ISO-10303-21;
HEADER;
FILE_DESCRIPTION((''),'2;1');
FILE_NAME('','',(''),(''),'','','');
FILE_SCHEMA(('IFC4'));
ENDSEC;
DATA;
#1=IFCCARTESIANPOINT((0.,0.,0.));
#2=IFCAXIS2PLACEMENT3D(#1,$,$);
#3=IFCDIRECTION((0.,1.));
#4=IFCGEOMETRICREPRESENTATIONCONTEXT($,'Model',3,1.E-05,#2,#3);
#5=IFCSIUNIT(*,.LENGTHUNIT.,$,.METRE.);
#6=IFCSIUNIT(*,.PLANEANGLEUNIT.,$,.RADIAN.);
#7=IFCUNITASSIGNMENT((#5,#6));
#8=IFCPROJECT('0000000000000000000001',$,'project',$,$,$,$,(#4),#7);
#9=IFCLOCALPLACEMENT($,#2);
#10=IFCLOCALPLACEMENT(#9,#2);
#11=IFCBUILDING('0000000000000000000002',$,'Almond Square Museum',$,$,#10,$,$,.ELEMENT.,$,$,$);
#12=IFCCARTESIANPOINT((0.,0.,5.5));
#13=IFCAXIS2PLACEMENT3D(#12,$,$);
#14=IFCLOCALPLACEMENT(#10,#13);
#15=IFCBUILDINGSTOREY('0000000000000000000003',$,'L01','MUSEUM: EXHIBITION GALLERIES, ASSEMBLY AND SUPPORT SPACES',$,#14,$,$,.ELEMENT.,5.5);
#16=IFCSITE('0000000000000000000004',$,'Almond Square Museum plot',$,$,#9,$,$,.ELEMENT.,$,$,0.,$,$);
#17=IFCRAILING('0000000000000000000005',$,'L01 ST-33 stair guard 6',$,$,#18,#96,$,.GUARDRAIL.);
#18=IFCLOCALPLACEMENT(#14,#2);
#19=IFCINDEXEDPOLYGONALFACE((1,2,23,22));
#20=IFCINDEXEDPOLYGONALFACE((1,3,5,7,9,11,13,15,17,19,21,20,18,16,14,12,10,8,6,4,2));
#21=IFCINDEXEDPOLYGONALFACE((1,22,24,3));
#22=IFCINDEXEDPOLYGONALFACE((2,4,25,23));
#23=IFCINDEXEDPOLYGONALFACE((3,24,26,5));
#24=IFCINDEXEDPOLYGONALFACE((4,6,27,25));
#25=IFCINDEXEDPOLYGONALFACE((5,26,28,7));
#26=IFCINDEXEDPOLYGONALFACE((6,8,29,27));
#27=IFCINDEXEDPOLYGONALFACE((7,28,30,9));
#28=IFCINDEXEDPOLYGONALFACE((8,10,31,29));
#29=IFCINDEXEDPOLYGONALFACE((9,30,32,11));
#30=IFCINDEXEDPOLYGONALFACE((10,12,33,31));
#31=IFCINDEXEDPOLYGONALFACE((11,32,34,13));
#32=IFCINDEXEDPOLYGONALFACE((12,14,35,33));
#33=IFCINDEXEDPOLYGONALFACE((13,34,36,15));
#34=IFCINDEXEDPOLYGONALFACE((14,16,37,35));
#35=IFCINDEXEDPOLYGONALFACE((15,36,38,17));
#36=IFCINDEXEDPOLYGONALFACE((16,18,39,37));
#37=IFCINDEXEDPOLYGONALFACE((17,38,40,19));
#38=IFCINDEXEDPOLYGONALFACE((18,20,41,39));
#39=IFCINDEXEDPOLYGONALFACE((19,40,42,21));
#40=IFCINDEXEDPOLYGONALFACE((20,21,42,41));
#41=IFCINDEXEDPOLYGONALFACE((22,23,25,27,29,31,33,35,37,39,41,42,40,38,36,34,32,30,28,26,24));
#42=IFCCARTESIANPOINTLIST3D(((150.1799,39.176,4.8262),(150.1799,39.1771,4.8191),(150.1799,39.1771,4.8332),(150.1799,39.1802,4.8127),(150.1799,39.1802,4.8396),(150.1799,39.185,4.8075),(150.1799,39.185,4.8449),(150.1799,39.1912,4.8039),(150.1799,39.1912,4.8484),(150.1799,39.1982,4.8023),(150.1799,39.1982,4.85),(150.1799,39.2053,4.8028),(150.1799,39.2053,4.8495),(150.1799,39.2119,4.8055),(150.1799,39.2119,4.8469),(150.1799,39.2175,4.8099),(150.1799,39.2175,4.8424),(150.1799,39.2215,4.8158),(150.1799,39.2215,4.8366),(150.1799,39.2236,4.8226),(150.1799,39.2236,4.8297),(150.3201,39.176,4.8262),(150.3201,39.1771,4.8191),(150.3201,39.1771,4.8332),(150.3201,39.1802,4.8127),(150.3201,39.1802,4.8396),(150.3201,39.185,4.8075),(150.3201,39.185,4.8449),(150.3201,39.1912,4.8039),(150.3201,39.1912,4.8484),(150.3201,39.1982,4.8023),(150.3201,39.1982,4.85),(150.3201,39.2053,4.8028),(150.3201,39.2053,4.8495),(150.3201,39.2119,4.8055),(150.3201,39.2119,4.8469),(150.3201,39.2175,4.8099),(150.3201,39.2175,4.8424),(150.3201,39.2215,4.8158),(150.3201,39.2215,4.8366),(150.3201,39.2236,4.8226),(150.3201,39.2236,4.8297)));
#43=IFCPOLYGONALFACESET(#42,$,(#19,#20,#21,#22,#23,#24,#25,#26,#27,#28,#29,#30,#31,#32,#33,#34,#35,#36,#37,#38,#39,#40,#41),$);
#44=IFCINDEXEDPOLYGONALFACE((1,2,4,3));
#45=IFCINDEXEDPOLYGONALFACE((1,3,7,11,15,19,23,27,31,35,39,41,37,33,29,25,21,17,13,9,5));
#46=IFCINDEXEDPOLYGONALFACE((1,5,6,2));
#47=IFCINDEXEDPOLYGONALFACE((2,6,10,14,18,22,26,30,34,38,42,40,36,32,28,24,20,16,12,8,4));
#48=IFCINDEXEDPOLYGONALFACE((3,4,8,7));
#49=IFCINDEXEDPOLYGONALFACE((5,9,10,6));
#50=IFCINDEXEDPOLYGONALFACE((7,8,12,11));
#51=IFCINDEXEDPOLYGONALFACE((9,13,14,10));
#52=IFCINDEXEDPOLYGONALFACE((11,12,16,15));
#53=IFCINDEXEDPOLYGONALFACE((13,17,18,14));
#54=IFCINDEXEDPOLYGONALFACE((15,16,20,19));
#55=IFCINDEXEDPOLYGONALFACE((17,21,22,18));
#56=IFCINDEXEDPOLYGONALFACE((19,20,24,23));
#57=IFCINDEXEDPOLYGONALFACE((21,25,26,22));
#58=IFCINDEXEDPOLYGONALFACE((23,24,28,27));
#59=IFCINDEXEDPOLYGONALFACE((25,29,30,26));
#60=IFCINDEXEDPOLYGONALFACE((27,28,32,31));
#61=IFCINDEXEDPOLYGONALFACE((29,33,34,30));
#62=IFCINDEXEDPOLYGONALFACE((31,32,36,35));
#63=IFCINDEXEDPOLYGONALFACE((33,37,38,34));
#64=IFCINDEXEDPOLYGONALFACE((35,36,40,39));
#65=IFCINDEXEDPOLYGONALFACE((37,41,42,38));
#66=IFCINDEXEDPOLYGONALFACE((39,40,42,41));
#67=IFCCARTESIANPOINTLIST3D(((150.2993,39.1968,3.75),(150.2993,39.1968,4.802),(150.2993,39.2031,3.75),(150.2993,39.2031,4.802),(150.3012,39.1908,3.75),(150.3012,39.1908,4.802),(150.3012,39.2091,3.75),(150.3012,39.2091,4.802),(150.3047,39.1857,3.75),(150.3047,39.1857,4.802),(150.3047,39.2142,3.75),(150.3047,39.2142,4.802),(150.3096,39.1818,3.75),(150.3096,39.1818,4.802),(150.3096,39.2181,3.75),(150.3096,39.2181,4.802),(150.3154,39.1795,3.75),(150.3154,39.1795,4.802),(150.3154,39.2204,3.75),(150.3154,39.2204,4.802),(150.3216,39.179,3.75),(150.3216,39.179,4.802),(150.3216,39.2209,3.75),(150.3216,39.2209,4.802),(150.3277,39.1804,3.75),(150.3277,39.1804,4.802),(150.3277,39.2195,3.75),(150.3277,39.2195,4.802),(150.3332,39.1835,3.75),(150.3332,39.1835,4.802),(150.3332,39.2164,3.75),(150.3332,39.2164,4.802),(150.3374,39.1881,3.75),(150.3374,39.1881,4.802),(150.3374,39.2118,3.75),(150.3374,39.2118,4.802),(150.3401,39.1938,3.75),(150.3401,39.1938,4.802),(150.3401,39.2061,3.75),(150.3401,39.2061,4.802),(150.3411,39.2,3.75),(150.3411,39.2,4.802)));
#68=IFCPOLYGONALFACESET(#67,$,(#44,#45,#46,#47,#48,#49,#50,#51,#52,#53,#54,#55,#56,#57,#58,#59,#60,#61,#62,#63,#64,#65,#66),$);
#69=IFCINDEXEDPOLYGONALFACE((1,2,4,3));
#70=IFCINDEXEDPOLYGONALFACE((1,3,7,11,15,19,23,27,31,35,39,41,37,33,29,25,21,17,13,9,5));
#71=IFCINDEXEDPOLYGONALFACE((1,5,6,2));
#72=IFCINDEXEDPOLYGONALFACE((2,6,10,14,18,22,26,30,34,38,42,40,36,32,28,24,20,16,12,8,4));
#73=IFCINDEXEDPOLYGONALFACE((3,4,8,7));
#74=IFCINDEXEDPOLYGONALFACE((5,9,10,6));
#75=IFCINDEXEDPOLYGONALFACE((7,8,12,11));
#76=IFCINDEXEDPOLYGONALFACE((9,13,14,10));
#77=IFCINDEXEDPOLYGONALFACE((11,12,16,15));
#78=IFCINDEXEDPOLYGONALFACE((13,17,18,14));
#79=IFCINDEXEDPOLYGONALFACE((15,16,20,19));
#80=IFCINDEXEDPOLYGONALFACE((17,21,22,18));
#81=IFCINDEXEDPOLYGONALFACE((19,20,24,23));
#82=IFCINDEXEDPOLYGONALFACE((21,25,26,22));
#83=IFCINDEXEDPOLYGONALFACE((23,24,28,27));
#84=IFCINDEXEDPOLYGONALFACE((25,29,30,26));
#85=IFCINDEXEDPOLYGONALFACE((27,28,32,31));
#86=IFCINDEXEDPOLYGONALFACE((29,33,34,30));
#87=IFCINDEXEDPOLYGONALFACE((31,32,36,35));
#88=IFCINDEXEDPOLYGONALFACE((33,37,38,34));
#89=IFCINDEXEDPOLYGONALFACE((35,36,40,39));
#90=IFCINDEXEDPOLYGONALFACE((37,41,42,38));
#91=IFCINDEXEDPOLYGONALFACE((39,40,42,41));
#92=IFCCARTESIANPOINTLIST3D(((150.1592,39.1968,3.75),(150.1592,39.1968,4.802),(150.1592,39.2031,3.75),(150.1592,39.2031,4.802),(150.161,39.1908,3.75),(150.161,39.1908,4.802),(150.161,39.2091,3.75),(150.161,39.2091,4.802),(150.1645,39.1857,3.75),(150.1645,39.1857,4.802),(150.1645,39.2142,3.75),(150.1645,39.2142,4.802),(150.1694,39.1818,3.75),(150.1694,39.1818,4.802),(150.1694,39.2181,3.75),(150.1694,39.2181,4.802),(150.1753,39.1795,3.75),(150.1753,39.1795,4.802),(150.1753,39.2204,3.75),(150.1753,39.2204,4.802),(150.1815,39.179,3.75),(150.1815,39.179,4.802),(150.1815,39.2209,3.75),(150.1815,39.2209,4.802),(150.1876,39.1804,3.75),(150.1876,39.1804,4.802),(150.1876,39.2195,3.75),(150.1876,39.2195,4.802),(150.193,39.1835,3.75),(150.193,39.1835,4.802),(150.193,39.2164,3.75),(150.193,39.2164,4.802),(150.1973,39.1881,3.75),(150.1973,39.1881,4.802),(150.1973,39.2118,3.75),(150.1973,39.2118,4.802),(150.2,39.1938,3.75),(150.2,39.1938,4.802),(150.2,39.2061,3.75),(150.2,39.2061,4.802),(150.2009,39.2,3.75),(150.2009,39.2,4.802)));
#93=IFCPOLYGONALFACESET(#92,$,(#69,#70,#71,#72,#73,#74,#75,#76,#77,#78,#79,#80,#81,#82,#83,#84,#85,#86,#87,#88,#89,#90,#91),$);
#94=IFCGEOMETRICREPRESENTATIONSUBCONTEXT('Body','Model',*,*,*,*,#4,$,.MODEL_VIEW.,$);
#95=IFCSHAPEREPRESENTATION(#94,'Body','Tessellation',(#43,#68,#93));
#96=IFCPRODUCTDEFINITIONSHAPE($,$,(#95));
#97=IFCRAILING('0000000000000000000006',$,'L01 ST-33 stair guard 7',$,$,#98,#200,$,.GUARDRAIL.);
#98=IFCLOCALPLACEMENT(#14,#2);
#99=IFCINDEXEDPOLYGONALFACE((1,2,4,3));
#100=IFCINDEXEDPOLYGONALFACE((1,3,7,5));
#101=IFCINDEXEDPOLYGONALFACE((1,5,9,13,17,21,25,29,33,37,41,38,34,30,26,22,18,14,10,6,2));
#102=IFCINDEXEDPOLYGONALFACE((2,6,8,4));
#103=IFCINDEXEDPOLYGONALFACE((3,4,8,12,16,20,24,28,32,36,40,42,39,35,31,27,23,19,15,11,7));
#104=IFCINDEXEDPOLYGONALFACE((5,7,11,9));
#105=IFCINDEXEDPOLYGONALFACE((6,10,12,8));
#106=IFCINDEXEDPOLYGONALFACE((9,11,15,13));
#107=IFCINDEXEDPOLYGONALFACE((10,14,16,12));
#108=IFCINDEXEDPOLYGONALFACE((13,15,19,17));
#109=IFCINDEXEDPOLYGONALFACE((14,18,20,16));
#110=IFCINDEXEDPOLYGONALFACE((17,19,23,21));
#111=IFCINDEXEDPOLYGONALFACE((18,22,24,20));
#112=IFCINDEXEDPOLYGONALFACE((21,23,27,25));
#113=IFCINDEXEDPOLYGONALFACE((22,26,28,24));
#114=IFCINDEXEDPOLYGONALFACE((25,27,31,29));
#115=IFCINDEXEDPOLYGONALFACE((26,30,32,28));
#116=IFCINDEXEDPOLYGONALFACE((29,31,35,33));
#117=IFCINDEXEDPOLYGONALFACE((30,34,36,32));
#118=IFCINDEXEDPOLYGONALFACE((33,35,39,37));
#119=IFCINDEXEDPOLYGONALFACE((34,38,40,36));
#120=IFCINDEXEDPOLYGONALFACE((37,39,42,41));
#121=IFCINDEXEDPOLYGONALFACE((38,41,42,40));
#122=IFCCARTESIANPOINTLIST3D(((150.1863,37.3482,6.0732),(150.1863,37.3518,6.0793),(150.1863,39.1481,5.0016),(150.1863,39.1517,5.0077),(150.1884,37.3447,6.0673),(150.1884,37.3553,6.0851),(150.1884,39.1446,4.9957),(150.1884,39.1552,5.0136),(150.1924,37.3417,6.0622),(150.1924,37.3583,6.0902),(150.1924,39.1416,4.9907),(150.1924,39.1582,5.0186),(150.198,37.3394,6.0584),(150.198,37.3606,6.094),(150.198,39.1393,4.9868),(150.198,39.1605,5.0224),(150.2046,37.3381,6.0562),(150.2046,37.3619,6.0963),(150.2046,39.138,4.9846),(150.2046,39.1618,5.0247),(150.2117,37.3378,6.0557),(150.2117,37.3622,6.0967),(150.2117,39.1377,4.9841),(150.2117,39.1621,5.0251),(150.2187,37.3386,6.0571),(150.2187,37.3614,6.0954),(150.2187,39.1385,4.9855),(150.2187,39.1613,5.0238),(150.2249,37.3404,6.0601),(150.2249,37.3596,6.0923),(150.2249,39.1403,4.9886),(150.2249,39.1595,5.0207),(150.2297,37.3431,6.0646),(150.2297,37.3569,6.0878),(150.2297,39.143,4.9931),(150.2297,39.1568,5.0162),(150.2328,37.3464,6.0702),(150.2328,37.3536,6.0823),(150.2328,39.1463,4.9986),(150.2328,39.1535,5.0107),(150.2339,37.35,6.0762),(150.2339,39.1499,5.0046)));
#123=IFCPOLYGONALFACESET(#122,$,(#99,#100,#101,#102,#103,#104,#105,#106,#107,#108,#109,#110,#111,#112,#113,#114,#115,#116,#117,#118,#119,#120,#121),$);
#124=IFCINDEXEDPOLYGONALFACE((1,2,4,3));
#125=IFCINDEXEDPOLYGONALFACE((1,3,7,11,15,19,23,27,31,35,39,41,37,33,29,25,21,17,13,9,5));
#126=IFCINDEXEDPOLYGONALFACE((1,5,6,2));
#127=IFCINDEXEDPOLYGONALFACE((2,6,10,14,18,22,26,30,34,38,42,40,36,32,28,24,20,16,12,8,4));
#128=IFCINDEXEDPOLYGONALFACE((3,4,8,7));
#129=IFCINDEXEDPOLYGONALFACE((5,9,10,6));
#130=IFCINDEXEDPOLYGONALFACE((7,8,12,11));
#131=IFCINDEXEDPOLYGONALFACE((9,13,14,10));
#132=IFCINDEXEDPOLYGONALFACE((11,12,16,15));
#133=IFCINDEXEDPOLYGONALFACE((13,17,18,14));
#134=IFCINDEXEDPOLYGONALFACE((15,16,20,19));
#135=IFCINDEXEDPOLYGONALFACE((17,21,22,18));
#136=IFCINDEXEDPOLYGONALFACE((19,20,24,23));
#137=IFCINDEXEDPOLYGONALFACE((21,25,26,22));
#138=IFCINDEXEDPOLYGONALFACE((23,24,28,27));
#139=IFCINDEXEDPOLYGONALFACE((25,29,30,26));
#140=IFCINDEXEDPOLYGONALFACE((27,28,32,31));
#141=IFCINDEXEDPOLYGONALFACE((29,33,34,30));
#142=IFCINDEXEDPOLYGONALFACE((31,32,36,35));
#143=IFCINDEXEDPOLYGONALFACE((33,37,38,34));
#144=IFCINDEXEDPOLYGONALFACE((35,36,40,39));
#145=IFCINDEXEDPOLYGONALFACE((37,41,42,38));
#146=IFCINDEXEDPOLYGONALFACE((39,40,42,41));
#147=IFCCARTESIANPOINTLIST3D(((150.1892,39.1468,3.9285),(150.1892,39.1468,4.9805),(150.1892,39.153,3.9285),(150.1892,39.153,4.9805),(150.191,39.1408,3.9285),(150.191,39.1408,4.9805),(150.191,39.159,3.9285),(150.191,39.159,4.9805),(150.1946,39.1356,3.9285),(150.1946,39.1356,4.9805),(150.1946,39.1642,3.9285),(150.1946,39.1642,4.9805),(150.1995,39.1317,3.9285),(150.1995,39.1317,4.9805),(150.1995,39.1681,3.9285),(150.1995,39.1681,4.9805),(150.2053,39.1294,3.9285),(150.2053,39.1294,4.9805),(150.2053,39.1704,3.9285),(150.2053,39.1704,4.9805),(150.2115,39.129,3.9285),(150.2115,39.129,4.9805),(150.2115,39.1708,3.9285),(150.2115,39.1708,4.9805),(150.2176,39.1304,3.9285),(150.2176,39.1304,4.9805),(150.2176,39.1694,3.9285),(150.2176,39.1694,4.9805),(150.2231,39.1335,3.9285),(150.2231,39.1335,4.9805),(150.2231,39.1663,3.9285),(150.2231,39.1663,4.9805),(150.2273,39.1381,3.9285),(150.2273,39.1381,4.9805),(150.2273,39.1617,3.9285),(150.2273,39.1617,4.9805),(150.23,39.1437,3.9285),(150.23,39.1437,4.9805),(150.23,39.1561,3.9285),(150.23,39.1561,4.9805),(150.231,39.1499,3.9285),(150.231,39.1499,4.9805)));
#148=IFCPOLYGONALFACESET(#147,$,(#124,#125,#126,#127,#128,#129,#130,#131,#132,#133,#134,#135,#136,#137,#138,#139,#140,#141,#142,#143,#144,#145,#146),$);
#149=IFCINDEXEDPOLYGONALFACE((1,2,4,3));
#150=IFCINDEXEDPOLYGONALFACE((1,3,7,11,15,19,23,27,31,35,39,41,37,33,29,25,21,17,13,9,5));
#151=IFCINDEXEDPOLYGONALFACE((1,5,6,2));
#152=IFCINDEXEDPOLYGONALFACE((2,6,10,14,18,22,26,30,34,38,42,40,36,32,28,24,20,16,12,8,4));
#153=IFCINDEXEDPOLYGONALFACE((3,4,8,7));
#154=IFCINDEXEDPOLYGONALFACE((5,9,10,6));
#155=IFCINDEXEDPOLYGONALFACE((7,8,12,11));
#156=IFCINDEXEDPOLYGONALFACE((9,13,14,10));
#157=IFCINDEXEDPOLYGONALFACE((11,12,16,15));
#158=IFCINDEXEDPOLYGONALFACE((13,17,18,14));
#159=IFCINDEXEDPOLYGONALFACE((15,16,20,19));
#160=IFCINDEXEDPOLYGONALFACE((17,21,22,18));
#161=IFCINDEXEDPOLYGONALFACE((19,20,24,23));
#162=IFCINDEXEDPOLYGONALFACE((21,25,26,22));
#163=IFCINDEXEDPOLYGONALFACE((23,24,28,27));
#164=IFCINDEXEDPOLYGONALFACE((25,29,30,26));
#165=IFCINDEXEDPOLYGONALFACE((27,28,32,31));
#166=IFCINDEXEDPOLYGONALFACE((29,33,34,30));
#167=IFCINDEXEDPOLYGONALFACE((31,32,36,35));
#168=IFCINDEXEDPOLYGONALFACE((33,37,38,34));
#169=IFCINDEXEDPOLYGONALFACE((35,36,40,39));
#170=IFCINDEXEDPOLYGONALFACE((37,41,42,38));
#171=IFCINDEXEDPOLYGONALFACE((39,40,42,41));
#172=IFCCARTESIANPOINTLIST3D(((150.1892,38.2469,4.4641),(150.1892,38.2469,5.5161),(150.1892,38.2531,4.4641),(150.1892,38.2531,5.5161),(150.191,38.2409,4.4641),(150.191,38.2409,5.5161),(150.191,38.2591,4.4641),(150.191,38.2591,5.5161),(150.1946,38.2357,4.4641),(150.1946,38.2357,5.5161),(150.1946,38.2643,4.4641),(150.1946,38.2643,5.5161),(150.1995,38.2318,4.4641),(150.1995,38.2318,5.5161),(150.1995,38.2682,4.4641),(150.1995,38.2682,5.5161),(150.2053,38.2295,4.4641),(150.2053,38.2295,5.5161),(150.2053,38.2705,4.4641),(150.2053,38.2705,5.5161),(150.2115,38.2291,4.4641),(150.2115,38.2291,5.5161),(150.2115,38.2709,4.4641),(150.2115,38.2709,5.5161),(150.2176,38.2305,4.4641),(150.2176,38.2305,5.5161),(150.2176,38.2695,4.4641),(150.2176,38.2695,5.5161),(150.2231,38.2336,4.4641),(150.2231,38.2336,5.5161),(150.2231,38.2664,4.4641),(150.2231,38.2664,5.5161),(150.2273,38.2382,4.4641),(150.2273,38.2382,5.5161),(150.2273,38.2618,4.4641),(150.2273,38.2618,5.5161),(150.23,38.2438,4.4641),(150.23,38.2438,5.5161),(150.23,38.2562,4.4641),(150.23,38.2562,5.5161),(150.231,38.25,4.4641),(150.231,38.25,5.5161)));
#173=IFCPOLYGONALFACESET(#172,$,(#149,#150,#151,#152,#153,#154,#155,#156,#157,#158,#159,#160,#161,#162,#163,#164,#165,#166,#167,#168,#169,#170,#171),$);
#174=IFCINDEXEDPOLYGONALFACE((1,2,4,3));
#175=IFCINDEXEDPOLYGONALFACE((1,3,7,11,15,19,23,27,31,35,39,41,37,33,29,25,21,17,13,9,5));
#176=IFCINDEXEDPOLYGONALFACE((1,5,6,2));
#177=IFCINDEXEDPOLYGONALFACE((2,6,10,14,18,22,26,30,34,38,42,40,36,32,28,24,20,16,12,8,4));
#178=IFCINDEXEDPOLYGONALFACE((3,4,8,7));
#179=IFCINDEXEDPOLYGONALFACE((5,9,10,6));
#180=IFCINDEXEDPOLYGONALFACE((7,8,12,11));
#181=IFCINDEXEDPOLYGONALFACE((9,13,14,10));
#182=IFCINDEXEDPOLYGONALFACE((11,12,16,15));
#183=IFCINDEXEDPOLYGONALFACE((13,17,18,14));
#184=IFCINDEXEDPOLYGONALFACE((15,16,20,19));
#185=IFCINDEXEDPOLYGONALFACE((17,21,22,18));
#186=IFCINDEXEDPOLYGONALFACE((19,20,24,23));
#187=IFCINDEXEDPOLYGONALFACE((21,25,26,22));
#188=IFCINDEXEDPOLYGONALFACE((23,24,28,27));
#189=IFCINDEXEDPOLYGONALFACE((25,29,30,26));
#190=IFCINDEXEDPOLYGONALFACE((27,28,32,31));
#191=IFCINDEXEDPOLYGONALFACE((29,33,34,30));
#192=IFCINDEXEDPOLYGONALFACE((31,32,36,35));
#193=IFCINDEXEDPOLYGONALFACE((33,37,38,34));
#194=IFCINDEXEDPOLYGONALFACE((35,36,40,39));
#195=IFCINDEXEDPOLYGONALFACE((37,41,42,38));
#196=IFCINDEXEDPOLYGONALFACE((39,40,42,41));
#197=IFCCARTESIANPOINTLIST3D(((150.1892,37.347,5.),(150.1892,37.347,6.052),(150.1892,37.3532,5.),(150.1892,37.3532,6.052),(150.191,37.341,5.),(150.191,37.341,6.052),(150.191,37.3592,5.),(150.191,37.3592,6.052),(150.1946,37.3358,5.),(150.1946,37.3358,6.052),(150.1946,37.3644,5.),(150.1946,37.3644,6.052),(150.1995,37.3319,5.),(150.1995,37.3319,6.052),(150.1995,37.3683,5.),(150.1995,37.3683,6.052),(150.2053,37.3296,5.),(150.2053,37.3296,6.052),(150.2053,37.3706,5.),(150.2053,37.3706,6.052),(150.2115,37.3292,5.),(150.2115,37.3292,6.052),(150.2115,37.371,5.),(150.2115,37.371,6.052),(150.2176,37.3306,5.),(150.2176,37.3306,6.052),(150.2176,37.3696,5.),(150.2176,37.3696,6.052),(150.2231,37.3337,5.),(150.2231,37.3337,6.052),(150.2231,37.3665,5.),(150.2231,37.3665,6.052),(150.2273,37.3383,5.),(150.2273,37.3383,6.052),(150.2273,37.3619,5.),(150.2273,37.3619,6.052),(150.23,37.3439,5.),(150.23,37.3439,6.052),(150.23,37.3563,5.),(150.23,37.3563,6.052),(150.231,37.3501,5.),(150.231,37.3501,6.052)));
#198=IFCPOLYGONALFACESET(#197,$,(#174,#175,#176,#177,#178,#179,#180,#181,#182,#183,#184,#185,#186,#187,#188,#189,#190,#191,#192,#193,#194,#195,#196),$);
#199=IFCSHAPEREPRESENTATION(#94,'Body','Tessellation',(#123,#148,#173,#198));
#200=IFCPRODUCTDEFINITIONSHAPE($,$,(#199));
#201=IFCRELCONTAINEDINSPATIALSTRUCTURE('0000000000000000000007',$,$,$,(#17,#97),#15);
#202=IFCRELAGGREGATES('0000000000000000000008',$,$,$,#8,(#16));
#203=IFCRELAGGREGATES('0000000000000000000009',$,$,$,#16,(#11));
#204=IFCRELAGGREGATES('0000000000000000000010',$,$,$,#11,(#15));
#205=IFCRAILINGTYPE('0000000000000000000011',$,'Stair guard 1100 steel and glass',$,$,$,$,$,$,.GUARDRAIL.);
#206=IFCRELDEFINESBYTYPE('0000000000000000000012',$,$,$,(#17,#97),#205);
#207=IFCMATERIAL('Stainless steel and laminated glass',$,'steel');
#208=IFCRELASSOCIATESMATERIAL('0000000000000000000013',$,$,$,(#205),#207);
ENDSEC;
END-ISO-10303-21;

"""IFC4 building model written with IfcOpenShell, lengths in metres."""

from ifc_helpers import new_model, si_unit, direction, frame, origin, origin_2d, place, context, subcontext, project, spatial, circle, extrude, material, type_object, element, save


model = new_model("IFC4")

# Units and contexts
model_context = context("Model", 3, precision=1e-05, world=origin(), true_north=direction((0.0, 1.0)))
body_context = subcontext(model_context, "Body", "Model", "MODEL_VIEW")
ifc_project = project(units=[si_unit("LENGTHUNIT", "METRE"), si_unit("PLANEANGLEUNIT", "RADIAN")], contexts=[model_context])

# Site, building, storey
site_placement = place(None, origin())
site = spatial("IfcSite", under=ifc_project, at=site_placement, Name="Almond Square Museum plot", CompositionType="ELEMENT", RefElevation=0.0)
building_placement = place(site_placement, origin())
building = spatial("IfcBuilding", under=site, at=building_placement, Name="Almond Square Museum", CompositionType="ELEMENT")
storey_placement = place(building_placement, frame((0.0, 0.0, 5.5)))
storey = spatial("IfcBuildingStorey", under=building, at=storey_placement, Name="L01", Description="MUSEUM: EXHIBITION GALLERIES, ASSEMBLY AND SUPPORT SPACES", CompositionType="ELEMENT", Elevation=5.5)

# Railings
ifc_material_1 = material(Name="Stainless steel and laminated glass", Category="steel")
railing_type_1 = type_object("IfcRailingType", Name="Stair guard 1100 steel and glass", PredefinedType="GUARDRAIL", material=ifc_material_1)
railing_1_placement = place(storey_placement, frame((150.3201, 39.2, 3.75)))
element("IfcRailing", 1, at=railing_1_placement, inside=storey, type_object=railing_type_1, Name="L01 ST-33 stair guard 6", PredefinedType="GUARDRAIL", context=body_context, shape_type="SweptSolid", body=[
    extrude(circle(Radius=0.0239, at=origin_2d()), frame((0.0, 0.0, 1.0762), z_axis=(-1.0, 0.0, 0.0), x_axis=(0.0, -1.0, 0.0)), (0.0, 0.0, 1.0), 0.1401),
    extrude(circle(Radius=0.021, at=origin_2d()), origin(), (0.0, 0.0, 1.0), 1.052),
    extrude(circle(Radius=0.021, at=origin_2d()), frame((-0.1401, 0.0, 0.0)), (0.0, 0.0, 1.0), 1.052),
])
railing_2_placement = place(storey_placement, frame((150.21, 39.1499, 3.9285)))
element("IfcRailing", 2, at=railing_2_placement, inside=storey, type_object=railing_type_1, Name="L01 ST-33 stair guard 7", PredefinedType="GUARDRAIL", context=body_context, shape_type="SweptSolid", body=[
    extrude(circle(Radius=0.0239, at=origin_2d()), frame((0.0, 0.0, 1.0762), z_axis=(0.0, -0.859247, 0.511562), x_axis=(1.0, 0.0, 0.0)), (0.0, 0.0, 1.0), 2.0947),
    extrude(circle(Radius=0.021, at=origin_2d()), origin(), (0.0, 0.0, 1.0), 1.052),
    extrude(circle(Radius=0.021, at=origin_2d()), frame((0.0, -0.8999, 0.5356)), (0.0, 0.0, 1.0), 1.052),
    extrude(circle(Radius=0.021, at=origin_2d()), frame((0.0, -1.7998, 1.0715)), (0.0, 0.0, 1.0), 1.052),
])

save(model, "model.ifc")
